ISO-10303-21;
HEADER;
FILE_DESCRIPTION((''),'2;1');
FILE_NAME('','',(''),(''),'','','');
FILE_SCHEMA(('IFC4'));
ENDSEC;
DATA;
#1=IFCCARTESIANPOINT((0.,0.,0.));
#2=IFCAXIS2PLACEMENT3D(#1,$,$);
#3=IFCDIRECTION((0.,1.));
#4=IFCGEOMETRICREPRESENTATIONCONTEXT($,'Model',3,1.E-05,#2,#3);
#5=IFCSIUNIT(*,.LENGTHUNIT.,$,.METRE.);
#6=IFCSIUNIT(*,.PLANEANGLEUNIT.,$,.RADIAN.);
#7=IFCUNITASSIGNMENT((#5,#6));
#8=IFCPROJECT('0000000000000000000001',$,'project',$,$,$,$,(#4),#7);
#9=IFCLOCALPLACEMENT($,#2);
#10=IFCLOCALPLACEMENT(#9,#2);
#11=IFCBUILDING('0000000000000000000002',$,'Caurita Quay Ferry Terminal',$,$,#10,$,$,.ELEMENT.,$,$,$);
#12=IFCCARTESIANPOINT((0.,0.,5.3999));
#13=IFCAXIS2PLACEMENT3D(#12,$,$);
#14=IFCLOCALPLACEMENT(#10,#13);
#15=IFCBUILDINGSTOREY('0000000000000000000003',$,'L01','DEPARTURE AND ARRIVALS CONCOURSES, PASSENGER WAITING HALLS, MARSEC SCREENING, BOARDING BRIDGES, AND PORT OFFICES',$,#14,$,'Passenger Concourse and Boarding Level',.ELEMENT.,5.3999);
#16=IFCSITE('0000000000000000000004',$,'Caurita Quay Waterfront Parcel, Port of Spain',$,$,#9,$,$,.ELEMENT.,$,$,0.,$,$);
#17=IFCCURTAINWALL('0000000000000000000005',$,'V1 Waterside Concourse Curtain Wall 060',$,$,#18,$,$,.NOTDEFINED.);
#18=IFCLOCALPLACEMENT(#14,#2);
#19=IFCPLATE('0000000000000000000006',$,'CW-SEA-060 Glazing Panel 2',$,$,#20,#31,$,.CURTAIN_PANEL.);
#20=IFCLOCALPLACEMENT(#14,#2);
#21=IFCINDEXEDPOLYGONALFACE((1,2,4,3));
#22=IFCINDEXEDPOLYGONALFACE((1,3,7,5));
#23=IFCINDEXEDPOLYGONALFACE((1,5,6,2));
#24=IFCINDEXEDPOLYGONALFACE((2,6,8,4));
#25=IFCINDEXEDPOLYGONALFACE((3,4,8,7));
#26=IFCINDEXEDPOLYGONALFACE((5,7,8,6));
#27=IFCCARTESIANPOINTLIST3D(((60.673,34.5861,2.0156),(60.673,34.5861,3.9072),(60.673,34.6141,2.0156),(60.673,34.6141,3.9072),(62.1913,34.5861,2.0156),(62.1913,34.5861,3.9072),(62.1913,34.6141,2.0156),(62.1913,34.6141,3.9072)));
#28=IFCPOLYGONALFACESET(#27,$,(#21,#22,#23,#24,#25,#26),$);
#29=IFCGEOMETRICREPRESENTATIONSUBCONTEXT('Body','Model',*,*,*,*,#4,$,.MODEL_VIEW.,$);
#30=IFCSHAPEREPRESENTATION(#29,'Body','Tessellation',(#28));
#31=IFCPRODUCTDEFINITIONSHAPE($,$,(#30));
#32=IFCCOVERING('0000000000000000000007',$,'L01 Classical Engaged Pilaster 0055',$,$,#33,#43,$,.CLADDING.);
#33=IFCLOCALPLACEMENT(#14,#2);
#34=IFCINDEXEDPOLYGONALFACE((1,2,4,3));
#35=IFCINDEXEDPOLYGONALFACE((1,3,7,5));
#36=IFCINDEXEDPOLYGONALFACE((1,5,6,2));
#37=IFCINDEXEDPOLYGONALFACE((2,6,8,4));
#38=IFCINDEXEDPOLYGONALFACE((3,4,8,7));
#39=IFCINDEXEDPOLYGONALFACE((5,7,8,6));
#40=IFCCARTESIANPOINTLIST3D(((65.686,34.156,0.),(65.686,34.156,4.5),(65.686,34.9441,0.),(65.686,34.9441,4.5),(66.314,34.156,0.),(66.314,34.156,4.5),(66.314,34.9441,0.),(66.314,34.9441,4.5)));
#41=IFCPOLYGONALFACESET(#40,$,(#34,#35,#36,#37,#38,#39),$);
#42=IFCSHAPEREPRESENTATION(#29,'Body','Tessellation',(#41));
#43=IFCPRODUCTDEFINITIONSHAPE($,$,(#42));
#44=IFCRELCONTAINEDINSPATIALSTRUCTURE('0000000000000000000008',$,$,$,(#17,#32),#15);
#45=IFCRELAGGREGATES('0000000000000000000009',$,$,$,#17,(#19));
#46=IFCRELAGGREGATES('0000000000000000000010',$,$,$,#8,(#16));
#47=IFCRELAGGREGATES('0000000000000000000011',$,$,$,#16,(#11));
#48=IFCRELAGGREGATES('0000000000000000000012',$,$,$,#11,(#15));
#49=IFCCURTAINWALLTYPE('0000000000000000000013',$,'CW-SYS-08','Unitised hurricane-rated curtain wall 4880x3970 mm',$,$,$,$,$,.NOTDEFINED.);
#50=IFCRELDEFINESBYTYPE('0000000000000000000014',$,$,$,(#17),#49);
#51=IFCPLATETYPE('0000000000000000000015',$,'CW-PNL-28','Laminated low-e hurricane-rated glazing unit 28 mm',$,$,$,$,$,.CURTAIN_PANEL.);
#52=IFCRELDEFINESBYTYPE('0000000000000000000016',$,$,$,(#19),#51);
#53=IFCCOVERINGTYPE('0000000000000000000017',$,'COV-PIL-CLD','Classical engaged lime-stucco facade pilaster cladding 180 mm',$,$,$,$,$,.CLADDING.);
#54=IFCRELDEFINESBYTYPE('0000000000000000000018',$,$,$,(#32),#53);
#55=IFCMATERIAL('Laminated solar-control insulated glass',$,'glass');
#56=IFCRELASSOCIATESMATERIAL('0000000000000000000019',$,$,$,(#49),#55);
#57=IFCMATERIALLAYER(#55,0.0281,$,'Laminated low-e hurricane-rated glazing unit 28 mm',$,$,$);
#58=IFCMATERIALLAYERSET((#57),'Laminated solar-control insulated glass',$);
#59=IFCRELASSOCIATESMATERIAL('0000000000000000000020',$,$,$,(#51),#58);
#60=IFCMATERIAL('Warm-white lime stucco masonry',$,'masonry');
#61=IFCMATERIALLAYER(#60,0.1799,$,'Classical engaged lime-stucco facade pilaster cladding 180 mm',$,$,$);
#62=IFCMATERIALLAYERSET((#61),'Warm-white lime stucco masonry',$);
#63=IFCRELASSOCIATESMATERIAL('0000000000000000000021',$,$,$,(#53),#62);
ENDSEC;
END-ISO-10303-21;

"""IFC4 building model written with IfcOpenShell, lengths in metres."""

from ifc_helpers import new_model, si_unit, direction, frame, origin, origin_2d, place, context, subcontext, project, spatial, rectangle, extrude, material, layer, layer_set, type_object, element, aggregate, save


model = new_model("IFC4")

# Units and contexts
model_context = context("Model", 3, precision=1e-05, world=origin(), true_north=direction((0.0, 1.0)))
body_context = subcontext(model_context, "Body", "Model", "MODEL_VIEW")
ifc_project = project(units=[si_unit("LENGTHUNIT", "METRE"), si_unit("PLANEANGLEUNIT", "RADIAN")], contexts=[model_context])

# Site, building, storey
site_placement = place(None, origin())
site = spatial("IfcSite", under=ifc_project, at=site_placement, Name="Caurita Quay Waterfront Parcel, Port of Spain", CompositionType="ELEMENT", RefElevation=0.0)
building_placement = place(site_placement, origin())
building = spatial("IfcBuilding", under=site, at=building_placement, Name="Caurita Quay Ferry Terminal", CompositionType="ELEMENT")
storey_placement = place(building_placement, frame((0.0, 0.0, 5.3999)))
storey = spatial("IfcBuildingStorey", under=building, at=storey_placement, Name="L01", Description="DEPARTURE AND ARRIVALS CONCOURSES, PASSENGER WAITING HALLS, MARSEC SCREENING, BOARDING BRIDGES, AND PORT OFFICES", LongName="Passenger Concourse and Boarding Level", CompositionType="ELEMENT", Elevation=5.3999)

# Curtain wall
ifc_material_1 = material(Name="Laminated solar-control insulated glass", Category="glass")
curtain_wall_type = type_object("IfcCurtainWallType", Name="CW-SYS-08", Description="Unitised hurricane-rated curtain wall 4880x3970 mm", PredefinedType="NOTDEFINED", material=ifc_material_1)
curtain_wall_1_placement = place(storey_placement, origin())
curtain_wall_1 = element("IfcCurtainWall", 1, at=curtain_wall_1_placement, inside=storey, type_object=curtain_wall_type, Name="V1 Waterside Concourse Curtain Wall 060", PredefinedType="NOTDEFINED")

# Plate
ifc_layer_1 = layer(ifc_material_1, 0.0281, Name="Laminated low-e hurricane-rated glazing unit 28 mm")
ifc_layer_set_1 = layer_set([ifc_layer_1], Name="Laminated solar-control insulated glass")
plate_type = type_object("IfcPlateType", Name="CW-PNL-28", Description="Laminated low-e hurricane-rated glazing unit 28 mm", PredefinedType="CURTAIN_PANEL", material=ifc_layer_set_1)
plate_1_placement = place(storey_placement, frame((61.4321, 34.6001, 2.0156), z_axis=(0.0, 0.0, 1.0), x_axis=(1.0, 0.0, 0.0)))
plate_1 = element("IfcPlate", 2, at=plate_1_placement, type_object=plate_type, Name="CW-SEA-060 Glazing Panel 2", PredefinedType="CURTAIN_PANEL", context=body_context, shape_type="SweptSolid", body=[
    extrude(rectangle(XDim=1.5183, YDim=0.0281, at=origin_2d()), origin(), (0.0, 0.0, 1.0), 1.8916),
])
aggregate(curtain_wall_1, [plate_1])

# Covering
ifc_material_2 = material(Name="Warm-white lime stucco masonry", Category="masonry")
ifc_layer_2 = layer(ifc_material_2, 0.1799, Name="Classical engaged lime-stucco facade pilaster cladding 180 mm")
ifc_layer_set_2 = layer_set([ifc_layer_2], Name="Warm-white lime stucco masonry")
covering_type = type_object("IfcCoveringType", Name="COV-PIL-CLD", Description="Classical engaged lime-stucco facade pilaster cladding 180 mm", PredefinedType="CLADDING", material=ifc_layer_set_2)
covering_placement = place(storey_placement, frame((66.0, 34.55, 0.0), z_axis=(0.0, 0.0, 1.0), x_axis=(1.0, 0.0, 0.0)))
element("IfcCovering", 3, at=covering_placement, inside=storey, type_object=covering_type, Name="L01 Classical Engaged Pilaster 0055", PredefinedType="CLADDING", context=body_context, shape_type="SweptSolid", body=[
    extrude(rectangle(XDim=0.6279, YDim=0.7881, at=origin_2d()), origin(), (0.0, 0.0, 1.0), 4.5),
])

save(model, "model.ifc")
